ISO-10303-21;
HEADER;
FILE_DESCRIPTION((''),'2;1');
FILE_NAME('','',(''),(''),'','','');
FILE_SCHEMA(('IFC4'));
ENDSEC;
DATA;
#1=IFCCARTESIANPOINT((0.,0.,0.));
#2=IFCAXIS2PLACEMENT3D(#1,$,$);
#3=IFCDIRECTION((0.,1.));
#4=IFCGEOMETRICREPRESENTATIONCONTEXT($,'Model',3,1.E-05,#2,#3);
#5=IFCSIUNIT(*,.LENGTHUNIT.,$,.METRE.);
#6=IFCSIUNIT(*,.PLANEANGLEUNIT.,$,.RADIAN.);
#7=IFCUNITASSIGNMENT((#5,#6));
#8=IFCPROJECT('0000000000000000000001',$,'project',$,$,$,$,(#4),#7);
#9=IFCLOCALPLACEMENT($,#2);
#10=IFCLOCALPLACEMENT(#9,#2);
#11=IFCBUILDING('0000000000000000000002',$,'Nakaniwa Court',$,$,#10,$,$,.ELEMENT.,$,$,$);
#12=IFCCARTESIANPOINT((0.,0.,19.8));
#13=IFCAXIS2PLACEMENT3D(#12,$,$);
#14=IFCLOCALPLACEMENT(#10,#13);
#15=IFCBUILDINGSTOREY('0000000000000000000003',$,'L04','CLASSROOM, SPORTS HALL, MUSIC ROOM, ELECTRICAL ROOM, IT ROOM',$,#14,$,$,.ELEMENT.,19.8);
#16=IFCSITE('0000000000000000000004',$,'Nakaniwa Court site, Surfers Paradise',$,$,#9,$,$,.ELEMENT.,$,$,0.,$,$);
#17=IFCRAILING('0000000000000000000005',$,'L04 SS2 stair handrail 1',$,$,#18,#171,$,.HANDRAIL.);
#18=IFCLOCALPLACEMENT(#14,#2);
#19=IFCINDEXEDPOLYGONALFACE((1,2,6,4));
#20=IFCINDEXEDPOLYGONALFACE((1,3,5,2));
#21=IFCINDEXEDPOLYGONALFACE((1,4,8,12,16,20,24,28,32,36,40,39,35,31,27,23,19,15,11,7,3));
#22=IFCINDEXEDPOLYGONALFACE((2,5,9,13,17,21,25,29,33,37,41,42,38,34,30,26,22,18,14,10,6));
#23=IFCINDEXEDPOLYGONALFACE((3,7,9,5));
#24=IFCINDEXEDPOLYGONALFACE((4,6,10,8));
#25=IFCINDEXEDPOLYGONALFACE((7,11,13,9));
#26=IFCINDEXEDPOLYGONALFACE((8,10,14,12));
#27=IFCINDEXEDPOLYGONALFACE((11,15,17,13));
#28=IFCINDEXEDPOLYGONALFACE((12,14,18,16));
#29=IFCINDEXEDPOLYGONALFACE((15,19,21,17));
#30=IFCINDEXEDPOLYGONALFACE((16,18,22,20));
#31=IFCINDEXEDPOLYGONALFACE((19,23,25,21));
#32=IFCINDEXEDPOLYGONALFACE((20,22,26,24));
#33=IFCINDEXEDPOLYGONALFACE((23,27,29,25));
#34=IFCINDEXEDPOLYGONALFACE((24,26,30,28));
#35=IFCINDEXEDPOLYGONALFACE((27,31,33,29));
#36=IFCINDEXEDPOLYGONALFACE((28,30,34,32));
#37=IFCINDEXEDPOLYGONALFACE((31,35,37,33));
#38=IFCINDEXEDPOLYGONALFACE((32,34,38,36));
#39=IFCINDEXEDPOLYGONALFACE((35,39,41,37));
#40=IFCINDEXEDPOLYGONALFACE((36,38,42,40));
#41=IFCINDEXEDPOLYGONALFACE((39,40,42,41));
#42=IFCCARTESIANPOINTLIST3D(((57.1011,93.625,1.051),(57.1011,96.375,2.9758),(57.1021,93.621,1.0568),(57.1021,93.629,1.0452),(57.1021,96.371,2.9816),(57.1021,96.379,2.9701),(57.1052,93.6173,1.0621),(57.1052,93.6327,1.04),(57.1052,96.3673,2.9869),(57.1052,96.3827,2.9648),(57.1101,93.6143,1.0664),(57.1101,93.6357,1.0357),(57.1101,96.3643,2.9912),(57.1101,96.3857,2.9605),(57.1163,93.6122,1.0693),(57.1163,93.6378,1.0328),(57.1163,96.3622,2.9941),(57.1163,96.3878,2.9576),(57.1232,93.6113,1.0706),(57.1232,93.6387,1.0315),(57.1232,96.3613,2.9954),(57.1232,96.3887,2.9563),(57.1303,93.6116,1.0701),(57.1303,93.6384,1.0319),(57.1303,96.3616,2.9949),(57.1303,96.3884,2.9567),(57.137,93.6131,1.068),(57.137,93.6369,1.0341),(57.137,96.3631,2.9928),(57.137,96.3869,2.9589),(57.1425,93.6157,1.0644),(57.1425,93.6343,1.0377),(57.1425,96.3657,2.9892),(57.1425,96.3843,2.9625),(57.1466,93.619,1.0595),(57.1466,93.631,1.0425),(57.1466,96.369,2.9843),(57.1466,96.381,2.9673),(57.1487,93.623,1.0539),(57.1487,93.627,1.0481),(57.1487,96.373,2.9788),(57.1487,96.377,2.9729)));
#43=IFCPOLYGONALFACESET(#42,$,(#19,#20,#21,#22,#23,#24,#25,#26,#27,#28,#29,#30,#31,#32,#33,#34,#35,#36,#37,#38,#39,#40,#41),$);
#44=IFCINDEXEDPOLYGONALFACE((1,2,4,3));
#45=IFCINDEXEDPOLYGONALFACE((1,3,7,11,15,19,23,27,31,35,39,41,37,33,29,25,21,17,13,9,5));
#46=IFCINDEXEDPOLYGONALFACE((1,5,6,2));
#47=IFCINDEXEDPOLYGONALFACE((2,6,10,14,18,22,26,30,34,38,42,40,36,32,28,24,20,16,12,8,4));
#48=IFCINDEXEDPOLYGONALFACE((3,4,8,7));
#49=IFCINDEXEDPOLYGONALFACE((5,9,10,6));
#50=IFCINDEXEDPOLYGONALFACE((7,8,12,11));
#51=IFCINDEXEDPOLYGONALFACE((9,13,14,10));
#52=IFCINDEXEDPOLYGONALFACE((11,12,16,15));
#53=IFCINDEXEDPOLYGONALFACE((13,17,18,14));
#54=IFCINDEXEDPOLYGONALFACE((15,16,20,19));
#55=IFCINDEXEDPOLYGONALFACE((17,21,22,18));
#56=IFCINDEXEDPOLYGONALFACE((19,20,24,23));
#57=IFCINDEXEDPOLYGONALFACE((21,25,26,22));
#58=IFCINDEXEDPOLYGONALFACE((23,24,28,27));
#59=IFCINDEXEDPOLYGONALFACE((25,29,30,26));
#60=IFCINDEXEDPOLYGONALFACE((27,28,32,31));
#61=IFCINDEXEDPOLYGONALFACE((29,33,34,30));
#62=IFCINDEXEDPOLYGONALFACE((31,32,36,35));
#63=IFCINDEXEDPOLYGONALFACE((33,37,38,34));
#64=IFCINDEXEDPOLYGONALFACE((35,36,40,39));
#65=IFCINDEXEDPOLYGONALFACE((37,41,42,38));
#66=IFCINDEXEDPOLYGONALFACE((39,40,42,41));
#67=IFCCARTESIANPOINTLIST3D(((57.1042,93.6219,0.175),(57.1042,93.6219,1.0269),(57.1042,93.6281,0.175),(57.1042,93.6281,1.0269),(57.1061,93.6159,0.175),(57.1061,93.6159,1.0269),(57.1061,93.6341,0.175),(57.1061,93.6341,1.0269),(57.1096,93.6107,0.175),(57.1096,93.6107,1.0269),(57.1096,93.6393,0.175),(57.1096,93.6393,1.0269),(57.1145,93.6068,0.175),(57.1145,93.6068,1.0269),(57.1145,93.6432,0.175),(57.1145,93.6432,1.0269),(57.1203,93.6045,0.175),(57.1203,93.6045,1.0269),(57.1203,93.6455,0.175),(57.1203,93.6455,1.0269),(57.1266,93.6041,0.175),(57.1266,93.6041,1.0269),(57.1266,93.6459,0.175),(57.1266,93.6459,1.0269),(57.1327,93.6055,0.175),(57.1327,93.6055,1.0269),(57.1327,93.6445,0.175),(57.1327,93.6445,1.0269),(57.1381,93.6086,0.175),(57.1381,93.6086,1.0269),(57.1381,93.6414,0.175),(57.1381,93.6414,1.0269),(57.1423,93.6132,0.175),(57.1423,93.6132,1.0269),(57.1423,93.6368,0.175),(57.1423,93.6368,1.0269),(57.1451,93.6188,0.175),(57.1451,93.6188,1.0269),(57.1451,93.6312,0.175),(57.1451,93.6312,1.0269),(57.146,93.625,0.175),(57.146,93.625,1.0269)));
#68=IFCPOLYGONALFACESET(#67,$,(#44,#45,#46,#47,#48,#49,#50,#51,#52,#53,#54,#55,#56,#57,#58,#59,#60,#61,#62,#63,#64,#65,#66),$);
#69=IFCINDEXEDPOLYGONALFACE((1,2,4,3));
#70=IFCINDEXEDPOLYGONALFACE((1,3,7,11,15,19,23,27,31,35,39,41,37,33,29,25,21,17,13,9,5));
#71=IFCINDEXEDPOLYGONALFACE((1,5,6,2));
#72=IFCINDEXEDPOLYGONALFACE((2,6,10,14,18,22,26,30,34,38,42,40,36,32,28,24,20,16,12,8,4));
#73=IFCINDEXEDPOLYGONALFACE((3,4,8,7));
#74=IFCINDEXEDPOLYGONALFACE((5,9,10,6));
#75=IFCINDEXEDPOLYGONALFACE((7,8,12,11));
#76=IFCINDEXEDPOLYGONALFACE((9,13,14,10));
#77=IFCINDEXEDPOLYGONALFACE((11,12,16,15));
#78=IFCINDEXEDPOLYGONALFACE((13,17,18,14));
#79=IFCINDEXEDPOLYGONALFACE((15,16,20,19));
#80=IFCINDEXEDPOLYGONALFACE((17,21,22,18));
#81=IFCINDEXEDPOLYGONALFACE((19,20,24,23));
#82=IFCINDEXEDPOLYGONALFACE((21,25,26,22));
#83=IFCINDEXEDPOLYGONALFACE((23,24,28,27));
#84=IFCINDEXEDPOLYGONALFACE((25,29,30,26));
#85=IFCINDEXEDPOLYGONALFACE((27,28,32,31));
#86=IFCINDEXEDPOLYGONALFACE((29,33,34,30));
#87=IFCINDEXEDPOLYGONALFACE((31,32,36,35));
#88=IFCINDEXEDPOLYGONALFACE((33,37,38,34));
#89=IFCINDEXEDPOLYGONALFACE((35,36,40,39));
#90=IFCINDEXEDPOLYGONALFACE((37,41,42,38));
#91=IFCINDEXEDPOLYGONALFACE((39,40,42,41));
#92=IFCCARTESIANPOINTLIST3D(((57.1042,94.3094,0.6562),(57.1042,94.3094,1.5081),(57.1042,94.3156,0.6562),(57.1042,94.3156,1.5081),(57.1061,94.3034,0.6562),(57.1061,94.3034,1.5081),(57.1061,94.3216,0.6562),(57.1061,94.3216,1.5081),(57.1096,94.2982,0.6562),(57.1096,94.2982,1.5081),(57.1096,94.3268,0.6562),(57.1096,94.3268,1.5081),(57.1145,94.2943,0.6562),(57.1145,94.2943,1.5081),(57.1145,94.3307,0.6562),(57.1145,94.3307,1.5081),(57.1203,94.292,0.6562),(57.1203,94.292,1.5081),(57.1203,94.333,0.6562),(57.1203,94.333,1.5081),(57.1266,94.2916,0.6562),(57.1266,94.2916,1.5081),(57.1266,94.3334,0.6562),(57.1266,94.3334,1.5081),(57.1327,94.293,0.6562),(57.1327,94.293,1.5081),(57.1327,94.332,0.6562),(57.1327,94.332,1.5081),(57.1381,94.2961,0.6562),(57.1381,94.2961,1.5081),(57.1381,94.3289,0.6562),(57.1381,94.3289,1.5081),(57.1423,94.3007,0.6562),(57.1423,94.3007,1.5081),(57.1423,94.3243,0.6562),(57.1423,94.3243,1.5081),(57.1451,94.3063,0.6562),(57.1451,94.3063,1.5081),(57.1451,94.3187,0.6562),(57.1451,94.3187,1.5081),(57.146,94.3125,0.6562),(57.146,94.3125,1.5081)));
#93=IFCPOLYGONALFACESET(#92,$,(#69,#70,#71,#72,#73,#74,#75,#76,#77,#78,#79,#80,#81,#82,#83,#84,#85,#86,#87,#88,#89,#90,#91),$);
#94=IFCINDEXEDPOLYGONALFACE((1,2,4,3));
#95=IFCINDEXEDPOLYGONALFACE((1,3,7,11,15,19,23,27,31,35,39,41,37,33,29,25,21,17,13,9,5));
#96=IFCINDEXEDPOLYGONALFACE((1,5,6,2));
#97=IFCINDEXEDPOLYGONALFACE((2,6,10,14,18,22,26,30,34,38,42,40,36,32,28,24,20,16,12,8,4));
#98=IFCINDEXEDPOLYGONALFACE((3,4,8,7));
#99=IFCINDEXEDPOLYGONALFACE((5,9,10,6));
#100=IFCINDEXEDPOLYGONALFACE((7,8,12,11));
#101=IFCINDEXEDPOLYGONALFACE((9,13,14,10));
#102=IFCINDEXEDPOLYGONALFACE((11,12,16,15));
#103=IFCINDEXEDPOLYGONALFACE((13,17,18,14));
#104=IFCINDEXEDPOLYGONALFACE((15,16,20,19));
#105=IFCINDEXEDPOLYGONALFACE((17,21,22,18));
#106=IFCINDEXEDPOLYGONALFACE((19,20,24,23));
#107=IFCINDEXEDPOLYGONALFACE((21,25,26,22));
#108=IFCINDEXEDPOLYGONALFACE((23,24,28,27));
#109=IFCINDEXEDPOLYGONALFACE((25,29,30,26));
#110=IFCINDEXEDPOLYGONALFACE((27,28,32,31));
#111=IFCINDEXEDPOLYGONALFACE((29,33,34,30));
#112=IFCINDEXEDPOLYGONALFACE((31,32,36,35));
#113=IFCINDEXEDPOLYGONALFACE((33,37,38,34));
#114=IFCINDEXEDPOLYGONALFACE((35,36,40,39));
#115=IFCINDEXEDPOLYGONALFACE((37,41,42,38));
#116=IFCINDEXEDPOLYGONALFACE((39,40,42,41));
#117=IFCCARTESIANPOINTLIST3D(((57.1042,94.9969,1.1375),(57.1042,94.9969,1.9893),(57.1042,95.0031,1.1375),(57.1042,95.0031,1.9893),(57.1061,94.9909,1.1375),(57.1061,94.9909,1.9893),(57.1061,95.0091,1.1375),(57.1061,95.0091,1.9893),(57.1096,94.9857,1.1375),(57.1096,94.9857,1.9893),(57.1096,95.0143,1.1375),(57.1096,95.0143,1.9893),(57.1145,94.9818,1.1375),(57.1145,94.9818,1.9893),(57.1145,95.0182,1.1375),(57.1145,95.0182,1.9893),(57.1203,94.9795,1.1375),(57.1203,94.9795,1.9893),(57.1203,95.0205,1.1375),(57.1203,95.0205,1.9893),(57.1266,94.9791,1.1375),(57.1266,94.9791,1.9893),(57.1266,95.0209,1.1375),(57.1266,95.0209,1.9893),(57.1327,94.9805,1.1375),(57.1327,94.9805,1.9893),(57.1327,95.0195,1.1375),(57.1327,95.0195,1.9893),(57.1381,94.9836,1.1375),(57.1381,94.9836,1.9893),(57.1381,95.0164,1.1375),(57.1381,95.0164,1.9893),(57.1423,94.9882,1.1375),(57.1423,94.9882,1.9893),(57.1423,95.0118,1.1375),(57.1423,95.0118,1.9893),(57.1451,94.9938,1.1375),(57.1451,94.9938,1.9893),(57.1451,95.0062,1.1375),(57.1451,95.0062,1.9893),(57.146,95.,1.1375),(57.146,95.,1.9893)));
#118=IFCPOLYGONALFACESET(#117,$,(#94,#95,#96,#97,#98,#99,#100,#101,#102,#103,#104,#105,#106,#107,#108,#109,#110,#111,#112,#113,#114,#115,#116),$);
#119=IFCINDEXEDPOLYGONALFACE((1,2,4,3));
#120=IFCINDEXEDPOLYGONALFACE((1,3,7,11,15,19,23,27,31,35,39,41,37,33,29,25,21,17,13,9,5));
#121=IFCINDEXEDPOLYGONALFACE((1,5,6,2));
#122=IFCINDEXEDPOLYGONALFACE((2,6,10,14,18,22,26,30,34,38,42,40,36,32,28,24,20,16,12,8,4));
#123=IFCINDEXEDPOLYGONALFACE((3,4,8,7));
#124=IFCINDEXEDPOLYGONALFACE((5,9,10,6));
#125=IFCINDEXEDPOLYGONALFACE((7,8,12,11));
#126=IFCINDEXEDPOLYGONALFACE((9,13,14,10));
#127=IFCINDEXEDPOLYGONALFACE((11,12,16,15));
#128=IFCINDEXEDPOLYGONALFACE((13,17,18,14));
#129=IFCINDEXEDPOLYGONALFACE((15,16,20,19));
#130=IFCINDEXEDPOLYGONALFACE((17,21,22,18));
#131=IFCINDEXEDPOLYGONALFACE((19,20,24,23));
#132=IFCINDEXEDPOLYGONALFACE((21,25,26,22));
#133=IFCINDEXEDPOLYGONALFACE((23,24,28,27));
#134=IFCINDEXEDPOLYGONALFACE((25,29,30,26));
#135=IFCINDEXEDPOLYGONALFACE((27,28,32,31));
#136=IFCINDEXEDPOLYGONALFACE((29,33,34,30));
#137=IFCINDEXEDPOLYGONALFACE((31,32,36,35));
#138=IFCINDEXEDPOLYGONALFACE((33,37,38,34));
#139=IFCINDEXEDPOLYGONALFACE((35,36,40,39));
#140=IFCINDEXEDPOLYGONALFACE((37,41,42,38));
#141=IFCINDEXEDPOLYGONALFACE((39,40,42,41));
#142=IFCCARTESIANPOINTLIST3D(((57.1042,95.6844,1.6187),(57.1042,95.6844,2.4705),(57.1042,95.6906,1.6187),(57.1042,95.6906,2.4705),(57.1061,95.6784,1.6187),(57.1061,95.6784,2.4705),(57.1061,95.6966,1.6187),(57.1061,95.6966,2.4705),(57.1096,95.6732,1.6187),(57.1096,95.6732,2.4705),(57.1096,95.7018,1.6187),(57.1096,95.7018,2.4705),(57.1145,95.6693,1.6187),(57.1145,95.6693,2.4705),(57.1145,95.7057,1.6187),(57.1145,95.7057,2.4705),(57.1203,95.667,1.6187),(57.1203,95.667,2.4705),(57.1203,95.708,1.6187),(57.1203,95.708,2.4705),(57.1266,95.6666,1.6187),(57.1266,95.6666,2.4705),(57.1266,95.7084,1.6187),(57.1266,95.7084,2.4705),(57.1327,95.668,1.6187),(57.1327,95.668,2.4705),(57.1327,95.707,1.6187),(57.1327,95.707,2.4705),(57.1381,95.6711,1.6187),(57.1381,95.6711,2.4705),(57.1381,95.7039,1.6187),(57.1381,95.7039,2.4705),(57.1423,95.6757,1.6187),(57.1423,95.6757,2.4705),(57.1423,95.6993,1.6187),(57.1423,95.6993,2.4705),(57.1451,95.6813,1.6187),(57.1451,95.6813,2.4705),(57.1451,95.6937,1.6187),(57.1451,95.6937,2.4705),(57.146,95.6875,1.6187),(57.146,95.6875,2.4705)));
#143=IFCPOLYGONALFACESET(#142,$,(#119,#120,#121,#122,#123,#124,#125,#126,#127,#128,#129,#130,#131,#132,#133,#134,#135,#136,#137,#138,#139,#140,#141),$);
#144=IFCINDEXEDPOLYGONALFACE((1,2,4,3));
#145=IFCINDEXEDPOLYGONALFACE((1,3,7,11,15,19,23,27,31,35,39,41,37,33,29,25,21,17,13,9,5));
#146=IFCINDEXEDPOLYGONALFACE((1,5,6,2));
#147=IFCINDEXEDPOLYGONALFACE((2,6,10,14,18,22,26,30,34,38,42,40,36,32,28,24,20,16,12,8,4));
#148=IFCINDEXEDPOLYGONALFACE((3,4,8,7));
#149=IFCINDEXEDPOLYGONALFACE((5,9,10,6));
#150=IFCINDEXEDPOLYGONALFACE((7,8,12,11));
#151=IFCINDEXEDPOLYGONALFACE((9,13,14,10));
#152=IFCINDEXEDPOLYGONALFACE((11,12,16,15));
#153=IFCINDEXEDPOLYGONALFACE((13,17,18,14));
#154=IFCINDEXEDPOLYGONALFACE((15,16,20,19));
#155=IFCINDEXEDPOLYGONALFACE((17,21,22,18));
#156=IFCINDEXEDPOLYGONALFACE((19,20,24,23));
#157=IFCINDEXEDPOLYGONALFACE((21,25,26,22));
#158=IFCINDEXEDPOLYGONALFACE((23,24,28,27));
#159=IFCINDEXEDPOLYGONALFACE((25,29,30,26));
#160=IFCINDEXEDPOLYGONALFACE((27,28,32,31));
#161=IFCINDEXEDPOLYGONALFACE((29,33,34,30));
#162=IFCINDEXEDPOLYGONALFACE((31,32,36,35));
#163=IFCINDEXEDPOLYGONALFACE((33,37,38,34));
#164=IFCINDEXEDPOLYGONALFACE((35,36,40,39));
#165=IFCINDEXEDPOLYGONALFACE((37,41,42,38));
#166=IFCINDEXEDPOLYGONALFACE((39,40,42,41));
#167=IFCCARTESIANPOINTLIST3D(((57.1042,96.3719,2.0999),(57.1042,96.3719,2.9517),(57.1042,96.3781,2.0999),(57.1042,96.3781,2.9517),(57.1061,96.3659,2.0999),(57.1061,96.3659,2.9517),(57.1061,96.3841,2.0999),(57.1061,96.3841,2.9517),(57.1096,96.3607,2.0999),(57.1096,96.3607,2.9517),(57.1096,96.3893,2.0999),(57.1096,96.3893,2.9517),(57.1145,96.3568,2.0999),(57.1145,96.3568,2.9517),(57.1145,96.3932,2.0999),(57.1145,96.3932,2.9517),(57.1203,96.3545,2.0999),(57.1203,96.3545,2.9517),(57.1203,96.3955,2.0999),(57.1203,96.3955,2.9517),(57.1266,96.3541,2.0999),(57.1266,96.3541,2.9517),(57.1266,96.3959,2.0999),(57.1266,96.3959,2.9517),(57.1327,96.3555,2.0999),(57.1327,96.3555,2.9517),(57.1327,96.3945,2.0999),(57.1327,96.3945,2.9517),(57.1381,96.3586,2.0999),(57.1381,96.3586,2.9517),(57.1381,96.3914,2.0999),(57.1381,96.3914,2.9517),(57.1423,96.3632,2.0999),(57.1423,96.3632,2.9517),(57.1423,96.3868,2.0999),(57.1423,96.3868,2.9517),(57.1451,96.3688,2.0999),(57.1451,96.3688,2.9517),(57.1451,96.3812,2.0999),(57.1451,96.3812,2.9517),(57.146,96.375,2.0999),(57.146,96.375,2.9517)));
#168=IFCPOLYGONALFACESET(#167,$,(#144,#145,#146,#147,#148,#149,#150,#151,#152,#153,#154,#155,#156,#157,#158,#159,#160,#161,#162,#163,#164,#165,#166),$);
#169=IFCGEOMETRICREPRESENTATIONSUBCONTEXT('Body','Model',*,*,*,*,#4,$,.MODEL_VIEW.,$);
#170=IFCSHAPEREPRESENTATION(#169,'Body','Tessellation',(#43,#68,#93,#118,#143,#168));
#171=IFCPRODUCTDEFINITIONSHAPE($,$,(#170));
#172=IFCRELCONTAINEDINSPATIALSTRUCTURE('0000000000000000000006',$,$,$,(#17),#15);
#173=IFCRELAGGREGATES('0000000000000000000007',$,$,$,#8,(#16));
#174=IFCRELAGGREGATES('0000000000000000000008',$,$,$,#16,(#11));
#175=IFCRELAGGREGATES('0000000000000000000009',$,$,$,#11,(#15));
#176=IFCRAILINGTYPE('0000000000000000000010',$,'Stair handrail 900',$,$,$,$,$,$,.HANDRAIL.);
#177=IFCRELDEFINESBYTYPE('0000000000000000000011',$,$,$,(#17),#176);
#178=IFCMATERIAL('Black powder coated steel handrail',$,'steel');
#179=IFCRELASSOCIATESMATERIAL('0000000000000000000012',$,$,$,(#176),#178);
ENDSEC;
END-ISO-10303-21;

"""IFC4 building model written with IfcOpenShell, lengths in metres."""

from ifc_helpers import new_model, si_unit, direction, frame, origin, origin_2d, place, context, subcontext, project, spatial, circle, extrude, material, type_object, element, save


model = new_model("IFC4")

# Units and contexts
model_context = context("Model", 3, precision=1e-05, world=origin(), true_north=direction((0.0, 1.0)))
body_context = subcontext(model_context, "Body", "Model", "MODEL_VIEW")
ifc_project = project(units=[si_unit("LENGTHUNIT", "METRE"), si_unit("PLANEANGLEUNIT", "RADIAN")], contexts=[model_context])

# Site, building, storey
site_placement = place(None, origin())
site = spatial("IfcSite", under=ifc_project, at=site_placement, Name="Nakaniwa Court site, Surfers Paradise", CompositionType="ELEMENT", RefElevation=0.0)
building_placement = place(site_placement, origin())
building = spatial("IfcBuilding", under=site, at=building_placement, Name="Nakaniwa Court", CompositionType="ELEMENT")
storey_placement = place(building_placement, frame((0.0, 0.0, 19.8)))
storey = spatial("IfcBuildingStorey", under=building, at=storey_placement, Name="L04", Description="CLASSROOM, SPORTS HALL, MUSIC ROOM, ELECTRICAL ROOM, IT ROOM", CompositionType="ELEMENT", Elevation=19.8)

# Railing
ifc_material_1 = material(Name="Black powder coated steel handrail", Category="steel")
railing_type_1 = type_object("IfcRailingType", Name="Stair handrail 900", PredefinedType="HANDRAIL", material=ifc_material_1)
railing_1_placement = place(storey_placement, frame((57.125, 93.625, 0.175)))
element("IfcRailing", 1, at=railing_1_placement, inside=storey, type_object=railing_type_1, Name="L04 SS2 stair handrail 1", PredefinedType="HANDRAIL", context=body_context, shape_type="SweptSolid", body=[
    extrude(circle(Radius=0.0239, at=origin_2d()), frame((0.0, 0.0, 0.876), z_axis=(0.0, 0.819259, 0.573423), x_axis=(-1.0, 0.0, 0.0)), (0.0, 0.0, 1.0), 3.3567),
    extrude(circle(Radius=0.021, at=origin_2d()), origin(), (0.0, 0.0, 1.0), 0.8518),
    extrude(circle(Radius=0.021, at=origin_2d()), frame((0.0, 0.6875, 0.4812)), (0.0, 0.0, 1.0), 0.8518),
    extrude(circle(Radius=0.021, at=origin_2d()), frame((0.0, 1.375, 0.9624)), (0.0, 0.0, 1.0), 0.8518),
    extrude(circle(Radius=0.021, at=origin_2d()), frame((0.0, 2.0625, 1.4436)), (0.0, 0.0, 1.0), 0.8518),
    extrude(circle(Radius=0.021, at=origin_2d()), frame((0.0, 2.75, 1.9248)), (0.0, 0.0, 1.0), 0.8518),
])

save(model, "model.ifc")
